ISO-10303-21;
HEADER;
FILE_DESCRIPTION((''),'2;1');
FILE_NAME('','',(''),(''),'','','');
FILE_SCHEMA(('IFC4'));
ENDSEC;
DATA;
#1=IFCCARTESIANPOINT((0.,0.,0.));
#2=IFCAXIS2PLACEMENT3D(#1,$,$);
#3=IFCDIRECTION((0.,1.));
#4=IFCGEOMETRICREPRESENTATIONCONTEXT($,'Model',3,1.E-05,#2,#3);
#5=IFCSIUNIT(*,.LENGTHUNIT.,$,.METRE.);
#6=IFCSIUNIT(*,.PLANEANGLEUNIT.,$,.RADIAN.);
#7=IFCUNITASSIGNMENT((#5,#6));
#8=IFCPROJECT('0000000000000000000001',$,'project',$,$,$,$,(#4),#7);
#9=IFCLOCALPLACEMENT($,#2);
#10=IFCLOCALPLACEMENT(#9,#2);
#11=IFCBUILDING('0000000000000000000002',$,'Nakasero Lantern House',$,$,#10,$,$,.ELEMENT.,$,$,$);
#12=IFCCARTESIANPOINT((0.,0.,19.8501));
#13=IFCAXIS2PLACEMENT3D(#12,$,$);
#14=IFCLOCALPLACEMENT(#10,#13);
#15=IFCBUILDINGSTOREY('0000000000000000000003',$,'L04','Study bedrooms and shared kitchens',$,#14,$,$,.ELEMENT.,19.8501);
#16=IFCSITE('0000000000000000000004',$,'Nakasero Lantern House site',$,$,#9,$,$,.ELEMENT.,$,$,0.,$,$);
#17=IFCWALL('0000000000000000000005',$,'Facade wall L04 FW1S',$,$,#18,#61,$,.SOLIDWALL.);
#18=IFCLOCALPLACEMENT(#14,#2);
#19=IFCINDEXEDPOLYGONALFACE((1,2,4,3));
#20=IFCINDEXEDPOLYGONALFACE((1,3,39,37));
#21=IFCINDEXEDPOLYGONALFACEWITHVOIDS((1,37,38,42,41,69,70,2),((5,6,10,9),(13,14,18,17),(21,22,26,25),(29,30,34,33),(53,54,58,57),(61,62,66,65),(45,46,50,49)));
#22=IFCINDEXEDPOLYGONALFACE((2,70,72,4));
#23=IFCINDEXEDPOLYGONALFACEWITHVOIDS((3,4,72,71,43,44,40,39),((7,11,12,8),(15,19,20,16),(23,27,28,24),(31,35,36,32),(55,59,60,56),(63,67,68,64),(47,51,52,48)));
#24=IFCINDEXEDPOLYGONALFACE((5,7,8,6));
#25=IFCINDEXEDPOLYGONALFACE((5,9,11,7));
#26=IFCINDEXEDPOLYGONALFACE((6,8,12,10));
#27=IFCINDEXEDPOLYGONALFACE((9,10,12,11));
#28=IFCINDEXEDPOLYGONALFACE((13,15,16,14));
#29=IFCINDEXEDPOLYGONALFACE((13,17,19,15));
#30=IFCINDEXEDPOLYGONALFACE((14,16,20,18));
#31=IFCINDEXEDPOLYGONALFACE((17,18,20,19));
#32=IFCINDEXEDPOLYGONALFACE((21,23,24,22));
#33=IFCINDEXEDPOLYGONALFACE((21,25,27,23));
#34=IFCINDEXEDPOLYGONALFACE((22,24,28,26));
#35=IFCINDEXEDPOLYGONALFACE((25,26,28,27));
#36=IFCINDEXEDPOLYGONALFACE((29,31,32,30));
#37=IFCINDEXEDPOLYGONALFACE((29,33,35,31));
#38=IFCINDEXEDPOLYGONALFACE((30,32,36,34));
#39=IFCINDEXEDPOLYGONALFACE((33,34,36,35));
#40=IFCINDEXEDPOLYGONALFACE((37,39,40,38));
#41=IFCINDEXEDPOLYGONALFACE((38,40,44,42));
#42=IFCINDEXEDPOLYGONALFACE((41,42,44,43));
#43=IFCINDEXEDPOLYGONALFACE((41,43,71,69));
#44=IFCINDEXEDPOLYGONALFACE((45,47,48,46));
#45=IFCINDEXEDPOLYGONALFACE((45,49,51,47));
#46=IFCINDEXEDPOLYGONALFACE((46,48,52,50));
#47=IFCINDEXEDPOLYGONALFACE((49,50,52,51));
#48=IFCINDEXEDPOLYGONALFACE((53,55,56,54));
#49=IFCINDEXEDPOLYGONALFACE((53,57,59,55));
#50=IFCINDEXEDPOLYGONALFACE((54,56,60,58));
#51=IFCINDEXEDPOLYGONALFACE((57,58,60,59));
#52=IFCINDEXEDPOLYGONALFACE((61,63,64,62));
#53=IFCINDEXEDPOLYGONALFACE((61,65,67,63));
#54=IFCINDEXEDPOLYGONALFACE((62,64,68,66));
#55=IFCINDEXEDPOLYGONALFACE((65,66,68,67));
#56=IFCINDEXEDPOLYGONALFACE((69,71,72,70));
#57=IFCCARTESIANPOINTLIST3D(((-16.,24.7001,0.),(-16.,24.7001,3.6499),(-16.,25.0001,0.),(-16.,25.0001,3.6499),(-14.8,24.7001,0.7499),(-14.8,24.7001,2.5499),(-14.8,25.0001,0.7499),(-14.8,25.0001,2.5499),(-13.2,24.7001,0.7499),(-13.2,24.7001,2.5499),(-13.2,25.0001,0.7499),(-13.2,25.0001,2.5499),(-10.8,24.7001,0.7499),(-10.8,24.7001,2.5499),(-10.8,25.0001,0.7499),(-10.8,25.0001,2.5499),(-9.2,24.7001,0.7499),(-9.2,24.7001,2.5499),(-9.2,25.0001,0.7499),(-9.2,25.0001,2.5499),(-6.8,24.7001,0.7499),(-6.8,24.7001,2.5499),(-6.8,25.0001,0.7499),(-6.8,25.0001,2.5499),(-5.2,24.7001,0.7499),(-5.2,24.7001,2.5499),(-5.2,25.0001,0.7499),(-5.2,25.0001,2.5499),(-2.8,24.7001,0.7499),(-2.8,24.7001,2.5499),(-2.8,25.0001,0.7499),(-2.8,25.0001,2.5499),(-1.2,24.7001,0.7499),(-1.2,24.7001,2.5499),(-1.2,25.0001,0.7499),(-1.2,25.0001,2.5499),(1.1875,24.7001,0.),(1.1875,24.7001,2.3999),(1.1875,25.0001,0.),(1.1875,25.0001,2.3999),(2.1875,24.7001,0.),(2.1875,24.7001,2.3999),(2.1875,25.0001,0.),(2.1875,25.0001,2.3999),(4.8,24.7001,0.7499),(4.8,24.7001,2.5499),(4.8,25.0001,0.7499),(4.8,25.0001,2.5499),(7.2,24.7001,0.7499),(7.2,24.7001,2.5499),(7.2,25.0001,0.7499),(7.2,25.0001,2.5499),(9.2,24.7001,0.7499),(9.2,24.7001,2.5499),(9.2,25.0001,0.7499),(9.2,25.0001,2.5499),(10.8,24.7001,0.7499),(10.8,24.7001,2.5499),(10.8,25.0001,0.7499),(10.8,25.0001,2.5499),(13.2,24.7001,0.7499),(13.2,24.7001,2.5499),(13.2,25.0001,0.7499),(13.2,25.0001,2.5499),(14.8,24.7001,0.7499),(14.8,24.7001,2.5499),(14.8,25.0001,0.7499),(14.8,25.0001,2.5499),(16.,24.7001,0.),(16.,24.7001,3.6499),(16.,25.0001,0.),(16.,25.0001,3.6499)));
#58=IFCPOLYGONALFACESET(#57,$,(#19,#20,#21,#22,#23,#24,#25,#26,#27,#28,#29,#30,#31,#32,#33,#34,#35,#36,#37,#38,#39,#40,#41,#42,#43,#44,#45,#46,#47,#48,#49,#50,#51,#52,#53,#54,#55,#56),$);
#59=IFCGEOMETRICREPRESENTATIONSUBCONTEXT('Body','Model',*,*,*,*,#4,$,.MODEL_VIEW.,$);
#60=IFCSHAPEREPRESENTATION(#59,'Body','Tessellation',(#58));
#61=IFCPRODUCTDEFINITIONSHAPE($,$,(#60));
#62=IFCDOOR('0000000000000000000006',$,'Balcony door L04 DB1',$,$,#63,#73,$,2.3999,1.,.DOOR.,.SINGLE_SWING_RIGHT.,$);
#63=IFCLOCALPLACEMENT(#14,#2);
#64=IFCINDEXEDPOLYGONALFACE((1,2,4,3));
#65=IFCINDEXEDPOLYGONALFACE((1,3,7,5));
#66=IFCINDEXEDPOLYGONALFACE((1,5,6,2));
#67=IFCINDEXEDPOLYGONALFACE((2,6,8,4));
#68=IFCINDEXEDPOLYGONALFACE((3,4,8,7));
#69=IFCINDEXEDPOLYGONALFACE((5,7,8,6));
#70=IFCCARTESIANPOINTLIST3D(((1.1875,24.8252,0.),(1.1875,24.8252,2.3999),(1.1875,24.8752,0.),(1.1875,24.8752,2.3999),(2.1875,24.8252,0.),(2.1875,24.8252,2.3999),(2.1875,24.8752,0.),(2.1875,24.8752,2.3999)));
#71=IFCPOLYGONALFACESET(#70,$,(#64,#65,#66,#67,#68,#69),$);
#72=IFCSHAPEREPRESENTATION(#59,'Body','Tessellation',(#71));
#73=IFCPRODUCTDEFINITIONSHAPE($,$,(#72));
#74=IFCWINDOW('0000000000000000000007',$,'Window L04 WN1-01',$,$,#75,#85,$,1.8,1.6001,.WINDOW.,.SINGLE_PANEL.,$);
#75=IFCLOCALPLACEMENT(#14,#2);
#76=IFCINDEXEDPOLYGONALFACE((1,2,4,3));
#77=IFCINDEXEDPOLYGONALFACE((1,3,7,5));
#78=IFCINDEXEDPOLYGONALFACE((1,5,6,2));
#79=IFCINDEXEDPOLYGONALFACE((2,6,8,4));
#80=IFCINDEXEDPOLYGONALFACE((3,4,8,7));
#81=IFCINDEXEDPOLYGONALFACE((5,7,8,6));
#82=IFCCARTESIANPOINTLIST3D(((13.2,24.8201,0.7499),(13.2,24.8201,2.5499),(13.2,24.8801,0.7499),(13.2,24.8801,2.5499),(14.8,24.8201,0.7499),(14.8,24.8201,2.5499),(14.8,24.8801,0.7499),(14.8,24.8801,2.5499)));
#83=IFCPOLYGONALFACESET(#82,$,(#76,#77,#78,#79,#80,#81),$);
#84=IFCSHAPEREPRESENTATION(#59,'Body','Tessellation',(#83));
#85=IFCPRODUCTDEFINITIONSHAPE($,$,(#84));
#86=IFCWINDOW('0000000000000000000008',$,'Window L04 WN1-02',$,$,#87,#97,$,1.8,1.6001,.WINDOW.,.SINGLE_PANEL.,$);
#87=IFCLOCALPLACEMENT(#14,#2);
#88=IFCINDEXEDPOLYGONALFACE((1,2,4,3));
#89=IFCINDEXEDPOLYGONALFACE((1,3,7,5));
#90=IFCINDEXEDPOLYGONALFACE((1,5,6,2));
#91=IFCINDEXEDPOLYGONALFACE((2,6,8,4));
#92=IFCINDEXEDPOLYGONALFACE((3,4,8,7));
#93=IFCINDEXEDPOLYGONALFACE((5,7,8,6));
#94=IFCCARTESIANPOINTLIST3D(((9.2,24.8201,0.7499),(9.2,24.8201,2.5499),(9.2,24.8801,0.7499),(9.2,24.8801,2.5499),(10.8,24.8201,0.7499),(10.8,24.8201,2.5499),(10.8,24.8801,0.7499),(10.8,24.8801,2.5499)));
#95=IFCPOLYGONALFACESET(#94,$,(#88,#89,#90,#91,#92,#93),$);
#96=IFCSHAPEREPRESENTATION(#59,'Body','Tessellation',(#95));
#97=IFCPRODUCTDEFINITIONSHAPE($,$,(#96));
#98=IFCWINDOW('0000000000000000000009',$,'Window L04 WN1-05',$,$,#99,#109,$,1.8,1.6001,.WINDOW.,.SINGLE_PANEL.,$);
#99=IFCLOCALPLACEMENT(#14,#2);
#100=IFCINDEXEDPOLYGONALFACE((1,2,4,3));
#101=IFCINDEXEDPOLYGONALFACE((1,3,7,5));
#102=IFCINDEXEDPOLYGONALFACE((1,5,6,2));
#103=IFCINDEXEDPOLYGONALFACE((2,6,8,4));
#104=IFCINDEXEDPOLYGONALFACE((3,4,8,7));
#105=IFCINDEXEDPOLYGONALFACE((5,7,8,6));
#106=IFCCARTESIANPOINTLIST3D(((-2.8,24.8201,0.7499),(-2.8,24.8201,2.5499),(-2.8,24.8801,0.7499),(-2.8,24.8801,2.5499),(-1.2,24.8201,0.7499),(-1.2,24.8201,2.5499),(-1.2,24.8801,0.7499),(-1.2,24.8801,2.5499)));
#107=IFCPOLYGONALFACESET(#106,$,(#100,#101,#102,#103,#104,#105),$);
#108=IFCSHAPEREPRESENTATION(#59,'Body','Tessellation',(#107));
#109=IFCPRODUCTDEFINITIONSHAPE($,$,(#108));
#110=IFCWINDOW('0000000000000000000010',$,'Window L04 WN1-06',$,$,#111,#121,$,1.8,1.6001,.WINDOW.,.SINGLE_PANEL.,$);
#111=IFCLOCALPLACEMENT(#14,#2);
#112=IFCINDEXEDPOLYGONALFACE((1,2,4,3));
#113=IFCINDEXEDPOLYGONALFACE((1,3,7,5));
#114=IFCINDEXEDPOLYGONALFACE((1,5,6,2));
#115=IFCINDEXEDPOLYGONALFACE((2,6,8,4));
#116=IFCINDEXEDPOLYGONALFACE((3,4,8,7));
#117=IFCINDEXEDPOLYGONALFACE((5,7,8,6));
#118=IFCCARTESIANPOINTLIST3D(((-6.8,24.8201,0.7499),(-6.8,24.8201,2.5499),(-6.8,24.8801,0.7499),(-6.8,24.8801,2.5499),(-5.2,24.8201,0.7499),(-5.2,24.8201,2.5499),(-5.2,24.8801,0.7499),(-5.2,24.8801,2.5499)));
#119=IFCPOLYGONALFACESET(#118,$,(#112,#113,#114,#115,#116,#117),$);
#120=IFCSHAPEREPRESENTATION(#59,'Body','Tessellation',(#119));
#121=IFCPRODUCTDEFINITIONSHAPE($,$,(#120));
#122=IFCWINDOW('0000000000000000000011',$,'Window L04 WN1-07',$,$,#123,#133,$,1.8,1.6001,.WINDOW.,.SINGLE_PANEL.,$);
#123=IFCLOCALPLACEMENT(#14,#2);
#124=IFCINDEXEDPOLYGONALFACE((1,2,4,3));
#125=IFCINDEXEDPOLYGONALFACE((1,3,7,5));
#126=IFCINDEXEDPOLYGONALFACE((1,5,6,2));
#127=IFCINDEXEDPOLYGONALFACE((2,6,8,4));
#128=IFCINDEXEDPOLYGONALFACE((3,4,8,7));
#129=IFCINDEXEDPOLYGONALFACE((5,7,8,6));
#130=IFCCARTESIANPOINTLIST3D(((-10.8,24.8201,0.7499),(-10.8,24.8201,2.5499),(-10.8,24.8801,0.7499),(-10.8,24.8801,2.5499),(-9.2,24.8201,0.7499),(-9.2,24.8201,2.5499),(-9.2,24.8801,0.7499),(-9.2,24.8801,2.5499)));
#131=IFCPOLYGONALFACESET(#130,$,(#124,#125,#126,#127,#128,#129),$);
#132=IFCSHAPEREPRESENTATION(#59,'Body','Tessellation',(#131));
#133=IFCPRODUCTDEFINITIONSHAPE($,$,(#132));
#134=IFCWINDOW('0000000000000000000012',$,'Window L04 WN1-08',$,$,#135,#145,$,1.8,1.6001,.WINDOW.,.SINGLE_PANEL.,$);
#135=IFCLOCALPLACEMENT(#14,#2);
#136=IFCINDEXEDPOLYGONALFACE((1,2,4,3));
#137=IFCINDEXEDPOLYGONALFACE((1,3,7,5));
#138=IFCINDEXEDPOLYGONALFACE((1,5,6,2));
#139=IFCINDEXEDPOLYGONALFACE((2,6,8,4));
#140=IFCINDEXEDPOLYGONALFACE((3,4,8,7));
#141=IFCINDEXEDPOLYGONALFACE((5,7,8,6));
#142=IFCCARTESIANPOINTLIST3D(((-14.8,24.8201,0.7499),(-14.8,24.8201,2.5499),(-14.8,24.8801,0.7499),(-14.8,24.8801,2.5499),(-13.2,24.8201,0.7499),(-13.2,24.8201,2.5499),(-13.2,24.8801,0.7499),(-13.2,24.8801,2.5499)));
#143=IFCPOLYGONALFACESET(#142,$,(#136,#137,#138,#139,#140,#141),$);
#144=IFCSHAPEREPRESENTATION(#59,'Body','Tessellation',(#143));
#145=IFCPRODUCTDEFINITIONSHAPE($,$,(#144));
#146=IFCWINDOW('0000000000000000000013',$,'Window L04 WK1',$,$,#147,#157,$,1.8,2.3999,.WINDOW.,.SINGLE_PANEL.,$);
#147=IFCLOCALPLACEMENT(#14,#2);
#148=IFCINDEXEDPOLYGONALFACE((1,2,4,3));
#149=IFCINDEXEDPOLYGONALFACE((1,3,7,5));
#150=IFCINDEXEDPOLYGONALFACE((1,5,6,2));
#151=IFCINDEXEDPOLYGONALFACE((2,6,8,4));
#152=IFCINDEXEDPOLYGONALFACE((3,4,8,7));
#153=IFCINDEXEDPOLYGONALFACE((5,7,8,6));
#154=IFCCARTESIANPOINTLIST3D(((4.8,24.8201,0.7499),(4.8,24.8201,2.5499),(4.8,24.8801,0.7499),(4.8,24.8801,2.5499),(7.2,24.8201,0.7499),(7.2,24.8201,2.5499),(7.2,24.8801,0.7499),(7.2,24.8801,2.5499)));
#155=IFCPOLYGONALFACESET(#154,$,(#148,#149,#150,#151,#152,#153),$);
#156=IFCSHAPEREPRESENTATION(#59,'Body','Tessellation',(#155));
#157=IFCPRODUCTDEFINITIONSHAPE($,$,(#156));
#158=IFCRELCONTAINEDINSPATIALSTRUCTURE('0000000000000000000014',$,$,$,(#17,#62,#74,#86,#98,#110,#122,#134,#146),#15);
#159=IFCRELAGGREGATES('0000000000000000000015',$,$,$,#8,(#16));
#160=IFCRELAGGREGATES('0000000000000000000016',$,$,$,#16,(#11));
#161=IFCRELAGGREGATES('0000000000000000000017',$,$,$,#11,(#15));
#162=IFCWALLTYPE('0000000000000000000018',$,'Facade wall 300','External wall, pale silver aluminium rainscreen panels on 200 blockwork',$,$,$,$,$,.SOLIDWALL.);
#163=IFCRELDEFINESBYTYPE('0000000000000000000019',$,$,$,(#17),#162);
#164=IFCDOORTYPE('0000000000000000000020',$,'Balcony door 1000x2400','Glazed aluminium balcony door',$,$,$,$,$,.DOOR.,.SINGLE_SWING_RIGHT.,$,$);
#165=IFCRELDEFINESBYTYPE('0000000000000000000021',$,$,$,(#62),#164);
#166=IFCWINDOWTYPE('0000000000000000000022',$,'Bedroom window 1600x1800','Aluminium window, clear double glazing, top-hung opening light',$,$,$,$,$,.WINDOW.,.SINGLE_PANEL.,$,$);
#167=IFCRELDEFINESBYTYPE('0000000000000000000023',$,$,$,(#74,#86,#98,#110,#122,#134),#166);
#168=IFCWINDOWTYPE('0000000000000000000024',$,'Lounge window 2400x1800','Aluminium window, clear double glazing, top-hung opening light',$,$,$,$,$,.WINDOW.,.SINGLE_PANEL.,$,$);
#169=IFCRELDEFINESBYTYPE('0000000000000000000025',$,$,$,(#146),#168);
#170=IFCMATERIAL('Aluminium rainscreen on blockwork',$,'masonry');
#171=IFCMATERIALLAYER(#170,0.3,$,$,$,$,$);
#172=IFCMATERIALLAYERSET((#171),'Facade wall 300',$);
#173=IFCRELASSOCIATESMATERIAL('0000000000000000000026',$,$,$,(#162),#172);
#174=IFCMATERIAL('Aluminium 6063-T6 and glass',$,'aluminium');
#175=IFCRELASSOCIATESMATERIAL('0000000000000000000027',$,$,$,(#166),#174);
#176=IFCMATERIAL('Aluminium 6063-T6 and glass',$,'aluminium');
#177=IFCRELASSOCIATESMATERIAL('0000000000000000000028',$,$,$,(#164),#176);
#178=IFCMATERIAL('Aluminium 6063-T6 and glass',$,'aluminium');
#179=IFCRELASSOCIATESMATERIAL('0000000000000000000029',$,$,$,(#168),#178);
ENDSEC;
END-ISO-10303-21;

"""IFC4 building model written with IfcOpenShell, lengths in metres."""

from ifc_helpers import new_model, si_unit, direction, frame, frame_2d, origin, place, context, subcontext, project, spatial, rectangle, extrude, material, layer, layer_set, type_object, element, fill, save


model = new_model("IFC4")

# Units and contexts
model_context = context("Model", 3, precision=1e-05, world=origin(), true_north=direction((0.0, 1.0)))
body_context = subcontext(model_context, "Body", "Model", "MODEL_VIEW")
ifc_project = project(units=[si_unit("LENGTHUNIT", "METRE"), si_unit("PLANEANGLEUNIT", "RADIAN")], contexts=[model_context])

# Site, building, storey
site_placement = place(None, origin())
site = spatial("IfcSite", under=ifc_project, at=site_placement, Name="Nakasero Lantern House site", CompositionType="ELEMENT", RefElevation=0.0)
building_placement = place(site_placement, origin())
building = spatial("IfcBuilding", under=site, at=building_placement, Name="Nakasero Lantern House", CompositionType="ELEMENT")
storey_placement = place(building_placement, frame((0.0, 0.0, 19.8501)))
storey = spatial("IfcBuildingStorey", under=building, at=storey_placement, Name="L04", Description="Study bedrooms and shared kitchens", CompositionType="ELEMENT", Elevation=19.8501)

# Shared definitions
ifc_material_1 = material(Name="Aluminium rainscreen on blockwork", Category="masonry")
ifc_layer_1 = layer(ifc_material_1, 0.3)
ifc_layer_set_1 = layer_set([ifc_layer_1], Name="Facade wall 300")
wall_type_1 = type_object("IfcWallType", Name="Facade wall 300", Description="External wall, pale silver aluminium rainscreen panels on 200 blockwork", PredefinedType="SOLIDWALL", material=ifc_layer_set_1)
ifc_material_2 = material(Name="Aluminium 6063-T6 and glass", Category="aluminium")
window_type_1 = type_object("IfcWindowType", Name="Bedroom window 1600x1800", Description="Aluminium window, clear double glazing, top-hung opening light", PartitioningType="SINGLE_PANEL", PredefinedType="WINDOW", material=ifc_material_2)

# Wall, openings, door, windows
wall_1_placement = place(storey_placement, frame((16.0, 24.8501, 0.0), z_axis=(0.0, 0.0, 1.0), x_axis=(-1.0, 0.0, 0.0)))
wall_1 = element("IfcWall", 1, at=wall_1_placement, inside=storey, type_object=wall_type_1, Name="Facade wall L04 FW1S", PredefinedType="SOLIDWALL", context=body_context, shape_type="SweptSolid", body=[
    extrude(rectangle(XDim=32.0, YDim=0.3, at=frame_2d((16.0, 0.0))), origin(), (0.0, 0.0, 1.0), 3.6499),
])
opening_1_placement = place(wall_1_placement, frame((1.2, 0.0, 0.75)))
opening_1 = element("IfcOpeningElement", 2, at=opening_1_placement, cuts=wall_1, PredefinedType="OPENING", context=body_context, shape_type="SweptSolid", body=[
    extrude(rectangle(XDim=1.6001, YDim=1.8, at=frame_2d((0.8, 0.8999))), frame((0.0, 0.1699, 0.0), z_axis=(0.0, -1.0, 0.0), x_axis=(1.0, 0.0, 0.0)), (0.0, 0.0, 1.0), 0.3401),
])
opening_2_placement = place(wall_1_placement, frame((5.2, 0.0, 0.75)))
opening_2 = element("IfcOpeningElement", 3, at=opening_2_placement, cuts=wall_1, PredefinedType="OPENING", context=body_context, shape_type="SweptSolid", body=[
    extrude(rectangle(XDim=1.6001, YDim=1.8, at=frame_2d((0.8, 0.8999))), frame((0.0, 0.1699, 0.0), z_axis=(0.0, -1.0, 0.0), x_axis=(1.0, 0.0, 0.0)), (0.0, 0.0, 1.0), 0.3401),
])
opening_3_placement = place(wall_1_placement, frame((17.2, 0.0, 0.75)))
opening_3 = element("IfcOpeningElement", 4, at=opening_3_placement, cuts=wall_1, PredefinedType="OPENING", context=body_context, shape_type="SweptSolid", body=[
    extrude(rectangle(XDim=1.6001, YDim=1.8, at=frame_2d((0.8, 0.8999))), frame((0.0, 0.1699, 0.0), z_axis=(0.0, -1.0, 0.0), x_axis=(1.0, 0.0, 0.0)), (0.0, 0.0, 1.0), 0.3401),
])
opening_4_placement = place(wall_1_placement, frame((21.2, 0.0, 0.75)))
opening_4 = element("IfcOpeningElement", 5, at=opening_4_placement, cuts=wall_1, PredefinedType="OPENING", context=body_context, shape_type="SweptSolid", body=[
    extrude(rectangle(XDim=1.6001, YDim=1.8, at=frame_2d((0.8, 0.8999))), frame((0.0, 0.1699, 0.0), z_axis=(0.0, -1.0, 0.0), x_axis=(1.0, 0.0, 0.0)), (0.0, 0.0, 1.0), 0.3401),
])
opening_5_placement = place(wall_1_placement, frame((25.2, 0.0, 0.75)))
opening_5 = element("IfcOpeningElement", 6, at=opening_5_placement, cuts=wall_1, PredefinedType="OPENING", context=body_context, shape_type="SweptSolid", body=[
    extrude(rectangle(XDim=1.6001, YDim=1.8, at=frame_2d((0.8, 0.8999))), frame((0.0, 0.1699, 0.0), z_axis=(0.0, -1.0, 0.0), x_axis=(1.0, 0.0, 0.0)), (0.0, 0.0, 1.0), 0.3401),
])
opening_6_placement = place(wall_1_placement, frame((29.2, 0.0, 0.75)))
opening_6 = element("IfcOpeningElement", 7, at=opening_6_placement, cuts=wall_1, PredefinedType="OPENING", context=body_context, shape_type="SweptSolid", body=[
    extrude(rectangle(XDim=1.6001, YDim=1.8, at=frame_2d((0.8, 0.8999))), frame((0.0, 0.1699, 0.0), z_axis=(0.0, -1.0, 0.0), x_axis=(1.0, 0.0, 0.0)), (0.0, 0.0, 1.0), 0.3401),
])
opening_7_placement = place(wall_1_placement, frame((8.8, 0.0, 0.75)))
opening_7 = element("IfcOpeningElement", 8, at=opening_7_placement, cuts=wall_1, PredefinedType="OPENING", context=body_context, shape_type="SweptSolid", body=[
    extrude(rectangle(XDim=2.3999, YDim=1.8, at=frame_2d((1.2, 0.8999))), frame((0.0, 0.1699, 0.0), z_axis=(0.0, -1.0, 0.0), x_axis=(1.0, 0.0, 0.0)), (0.0, 0.0, 1.0), 0.3401),
])
opening_8_placement = place(wall_1_placement, frame((13.8125, 0.0, 0.0)))
opening_8 = element("IfcOpeningElement", 9, at=opening_8_placement, cuts=wall_1, PredefinedType="OPENING", context=body_context, shape_type="SweptSolid", body=[
    extrude(rectangle(XDim=1.0, YDim=2.3999, at=frame_2d((0.5, 1.2))), frame((0.0, 0.1699, 0.0), z_axis=(0.0, -1.0, 0.0), x_axis=(1.0, 0.0, 0.0)), (0.0, 0.0, 1.0), 0.3401),
])
ifc_material_3 = material(Name="Aluminium 6063-T6 and glass", Category="aluminium")
door_type_1 = type_object("IfcDoorType", Name="Balcony door 1000x2400", Description="Glazed aluminium balcony door", OperationType="SINGLE_SWING_RIGHT", PredefinedType="DOOR", material=ifc_material_3)
door_1_placement = place(opening_8_placement, origin())
door_1 = element("IfcDoor", 10, at=door_1_placement, inside=storey, type_object=door_type_1, Name="Balcony door L04 DB1", OperationType="SINGLE_SWING_RIGHT", OverallHeight=2.3999, OverallWidth=1.0, PredefinedType="DOOR", context=body_context, shape_type="SweptSolid", body=[
    extrude(rectangle(XDim=1.0, YDim=2.3999, at=frame_2d((0.5, 1.2))), frame((0.0, 0.0249, 0.0), z_axis=(0.0, -1.0, 0.0), x_axis=(1.0, 0.0, 0.0)), (0.0, 0.0, 1.0), 0.05),
])
fill(opening_8, door_1)
window_1_placement = place(opening_1_placement, origin())
window_1 = element("IfcWindow", 11, at=window_1_placement, inside=storey, type_object=window_type_1, Name="Window L04 WN1-01", OverallHeight=1.8, OverallWidth=1.6001, PartitioningType="SINGLE_PANEL", PredefinedType="WINDOW", context=body_context, shape_type="SweptSolid", body=[
    extrude(rectangle(XDim=1.6001, YDim=1.8, at=frame_2d((0.8, 0.8999))), frame((0.0, 0.03, 0.0), z_axis=(0.0, -1.0, 0.0), x_axis=(1.0, 0.0, 0.0)), (0.0, 0.0, 1.0), 0.0601),
])
fill(opening_1, window_1)
window_2_placement = place(opening_2_placement, origin())
window_2 = element("IfcWindow", 12, at=window_2_placement, inside=storey, type_object=window_type_1, Name="Window L04 WN1-02", OverallHeight=1.8, OverallWidth=1.6001, PartitioningType="SINGLE_PANEL", PredefinedType="WINDOW", context=body_context, shape_type="SweptSolid", body=[
    extrude(rectangle(XDim=1.6001, YDim=1.8, at=frame_2d((0.8, 0.8999))), frame((0.0, 0.03, 0.0), z_axis=(0.0, -1.0, 0.0), x_axis=(1.0, 0.0, 0.0)), (0.0, 0.0, 1.0), 0.0601),
])
fill(opening_2, window_2)
window_3_placement = place(opening_3_placement, origin())
window_3 = element("IfcWindow", 13, at=window_3_placement, inside=storey, type_object=window_type_1, Name="Window L04 WN1-05", OverallHeight=1.8, OverallWidth=1.6001, PartitioningType="SINGLE_PANEL", PredefinedType="WINDOW", context=body_context, shape_type="SweptSolid", body=[
    extrude(rectangle(XDim=1.6001, YDim=1.8, at=frame_2d((0.8, 0.8999))), frame((0.0, 0.03, 0.0), z_axis=(0.0, -1.0, 0.0), x_axis=(1.0, 0.0, 0.0)), (0.0, 0.0, 1.0), 0.0601),
])
fill(opening_3, window_3)
window_4_placement = place(opening_4_placement, origin())
window_4 = element("IfcWindow", 14, at=window_4_placement, inside=storey, type_object=window_type_1, Name="Window L04 WN1-06", OverallHeight=1.8, OverallWidth=1.6001, PartitioningType="SINGLE_PANEL", PredefinedType="WINDOW", context=body_context, shape_type="SweptSolid", body=[
    extrude(rectangle(XDim=1.6001, YDim=1.8, at=frame_2d((0.8, 0.8999))), frame((0.0, 0.03, 0.0), z_axis=(0.0, -1.0, 0.0), x_axis=(1.0, 0.0, 0.0)), (0.0, 0.0, 1.0), 0.0601),
])
fill(opening_4, window_4)
window_5_placement = place(opening_5_placement, origin())
window_5 = element("IfcWindow", 15, at=window_5_placement, inside=storey, type_object=window_type_1, Name="Window L04 WN1-07", OverallHeight=1.8, OverallWidth=1.6001, PartitioningType="SINGLE_PANEL", PredefinedType="WINDOW", context=body_context, shape_type="SweptSolid", body=[
    extrude(rectangle(XDim=1.6001, YDim=1.8, at=frame_2d((0.8, 0.8999))), frame((0.0, 0.03, 0.0), z_axis=(0.0, -1.0, 0.0), x_axis=(1.0, 0.0, 0.0)), (0.0, 0.0, 1.0), 0.0601),
])
fill(opening_5, window_5)
window_6_placement = place(opening_6_placement, origin())
window_6 = element("IfcWindow", 16, at=window_6_placement, inside=storey, type_object=window_type_1, Name="Window L04 WN1-08", OverallHeight=1.8, OverallWidth=1.6001, PartitioningType="SINGLE_PANEL", PredefinedType="WINDOW", context=body_context, shape_type="SweptSolid", body=[
    extrude(rectangle(XDim=1.6001, YDim=1.8, at=frame_2d((0.8, 0.8999))), frame((0.0, 0.03, 0.0), z_axis=(0.0, -1.0, 0.0), x_axis=(1.0, 0.0, 0.0)), (0.0, 0.0, 1.0), 0.0601),
])
fill(opening_6, window_6)
ifc_material_4 = material(Name="Aluminium 6063-T6 and glass", Category="aluminium")
window_type_2 = type_object("IfcWindowType", Name="Lounge window 2400x1800", Description="Aluminium window, clear double glazing, top-hung opening light", PartitioningType="SINGLE_PANEL", PredefinedType="WINDOW", material=ifc_material_4)
window_7_placement = place(opening_7_placement, origin())
window_7 = element("IfcWindow", 17, at=window_7_placement, inside=storey, type_object=window_type_2, Name="Window L04 WK1", OverallHeight=1.8, OverallWidth=2.3999, PartitioningType="SINGLE_PANEL", PredefinedType="WINDOW", context=body_context, shape_type="SweptSolid", body=[
    extrude(rectangle(XDim=2.3999, YDim=1.8, at=frame_2d((1.2, 0.8999))), frame((0.0, 0.03, 0.0), z_axis=(0.0, -1.0, 0.0), x_axis=(1.0, 0.0, 0.0)), (0.0, 0.0, 1.0), 0.0601),
])
fill(opening_7, window_7)

save(model, "model.ifc")
